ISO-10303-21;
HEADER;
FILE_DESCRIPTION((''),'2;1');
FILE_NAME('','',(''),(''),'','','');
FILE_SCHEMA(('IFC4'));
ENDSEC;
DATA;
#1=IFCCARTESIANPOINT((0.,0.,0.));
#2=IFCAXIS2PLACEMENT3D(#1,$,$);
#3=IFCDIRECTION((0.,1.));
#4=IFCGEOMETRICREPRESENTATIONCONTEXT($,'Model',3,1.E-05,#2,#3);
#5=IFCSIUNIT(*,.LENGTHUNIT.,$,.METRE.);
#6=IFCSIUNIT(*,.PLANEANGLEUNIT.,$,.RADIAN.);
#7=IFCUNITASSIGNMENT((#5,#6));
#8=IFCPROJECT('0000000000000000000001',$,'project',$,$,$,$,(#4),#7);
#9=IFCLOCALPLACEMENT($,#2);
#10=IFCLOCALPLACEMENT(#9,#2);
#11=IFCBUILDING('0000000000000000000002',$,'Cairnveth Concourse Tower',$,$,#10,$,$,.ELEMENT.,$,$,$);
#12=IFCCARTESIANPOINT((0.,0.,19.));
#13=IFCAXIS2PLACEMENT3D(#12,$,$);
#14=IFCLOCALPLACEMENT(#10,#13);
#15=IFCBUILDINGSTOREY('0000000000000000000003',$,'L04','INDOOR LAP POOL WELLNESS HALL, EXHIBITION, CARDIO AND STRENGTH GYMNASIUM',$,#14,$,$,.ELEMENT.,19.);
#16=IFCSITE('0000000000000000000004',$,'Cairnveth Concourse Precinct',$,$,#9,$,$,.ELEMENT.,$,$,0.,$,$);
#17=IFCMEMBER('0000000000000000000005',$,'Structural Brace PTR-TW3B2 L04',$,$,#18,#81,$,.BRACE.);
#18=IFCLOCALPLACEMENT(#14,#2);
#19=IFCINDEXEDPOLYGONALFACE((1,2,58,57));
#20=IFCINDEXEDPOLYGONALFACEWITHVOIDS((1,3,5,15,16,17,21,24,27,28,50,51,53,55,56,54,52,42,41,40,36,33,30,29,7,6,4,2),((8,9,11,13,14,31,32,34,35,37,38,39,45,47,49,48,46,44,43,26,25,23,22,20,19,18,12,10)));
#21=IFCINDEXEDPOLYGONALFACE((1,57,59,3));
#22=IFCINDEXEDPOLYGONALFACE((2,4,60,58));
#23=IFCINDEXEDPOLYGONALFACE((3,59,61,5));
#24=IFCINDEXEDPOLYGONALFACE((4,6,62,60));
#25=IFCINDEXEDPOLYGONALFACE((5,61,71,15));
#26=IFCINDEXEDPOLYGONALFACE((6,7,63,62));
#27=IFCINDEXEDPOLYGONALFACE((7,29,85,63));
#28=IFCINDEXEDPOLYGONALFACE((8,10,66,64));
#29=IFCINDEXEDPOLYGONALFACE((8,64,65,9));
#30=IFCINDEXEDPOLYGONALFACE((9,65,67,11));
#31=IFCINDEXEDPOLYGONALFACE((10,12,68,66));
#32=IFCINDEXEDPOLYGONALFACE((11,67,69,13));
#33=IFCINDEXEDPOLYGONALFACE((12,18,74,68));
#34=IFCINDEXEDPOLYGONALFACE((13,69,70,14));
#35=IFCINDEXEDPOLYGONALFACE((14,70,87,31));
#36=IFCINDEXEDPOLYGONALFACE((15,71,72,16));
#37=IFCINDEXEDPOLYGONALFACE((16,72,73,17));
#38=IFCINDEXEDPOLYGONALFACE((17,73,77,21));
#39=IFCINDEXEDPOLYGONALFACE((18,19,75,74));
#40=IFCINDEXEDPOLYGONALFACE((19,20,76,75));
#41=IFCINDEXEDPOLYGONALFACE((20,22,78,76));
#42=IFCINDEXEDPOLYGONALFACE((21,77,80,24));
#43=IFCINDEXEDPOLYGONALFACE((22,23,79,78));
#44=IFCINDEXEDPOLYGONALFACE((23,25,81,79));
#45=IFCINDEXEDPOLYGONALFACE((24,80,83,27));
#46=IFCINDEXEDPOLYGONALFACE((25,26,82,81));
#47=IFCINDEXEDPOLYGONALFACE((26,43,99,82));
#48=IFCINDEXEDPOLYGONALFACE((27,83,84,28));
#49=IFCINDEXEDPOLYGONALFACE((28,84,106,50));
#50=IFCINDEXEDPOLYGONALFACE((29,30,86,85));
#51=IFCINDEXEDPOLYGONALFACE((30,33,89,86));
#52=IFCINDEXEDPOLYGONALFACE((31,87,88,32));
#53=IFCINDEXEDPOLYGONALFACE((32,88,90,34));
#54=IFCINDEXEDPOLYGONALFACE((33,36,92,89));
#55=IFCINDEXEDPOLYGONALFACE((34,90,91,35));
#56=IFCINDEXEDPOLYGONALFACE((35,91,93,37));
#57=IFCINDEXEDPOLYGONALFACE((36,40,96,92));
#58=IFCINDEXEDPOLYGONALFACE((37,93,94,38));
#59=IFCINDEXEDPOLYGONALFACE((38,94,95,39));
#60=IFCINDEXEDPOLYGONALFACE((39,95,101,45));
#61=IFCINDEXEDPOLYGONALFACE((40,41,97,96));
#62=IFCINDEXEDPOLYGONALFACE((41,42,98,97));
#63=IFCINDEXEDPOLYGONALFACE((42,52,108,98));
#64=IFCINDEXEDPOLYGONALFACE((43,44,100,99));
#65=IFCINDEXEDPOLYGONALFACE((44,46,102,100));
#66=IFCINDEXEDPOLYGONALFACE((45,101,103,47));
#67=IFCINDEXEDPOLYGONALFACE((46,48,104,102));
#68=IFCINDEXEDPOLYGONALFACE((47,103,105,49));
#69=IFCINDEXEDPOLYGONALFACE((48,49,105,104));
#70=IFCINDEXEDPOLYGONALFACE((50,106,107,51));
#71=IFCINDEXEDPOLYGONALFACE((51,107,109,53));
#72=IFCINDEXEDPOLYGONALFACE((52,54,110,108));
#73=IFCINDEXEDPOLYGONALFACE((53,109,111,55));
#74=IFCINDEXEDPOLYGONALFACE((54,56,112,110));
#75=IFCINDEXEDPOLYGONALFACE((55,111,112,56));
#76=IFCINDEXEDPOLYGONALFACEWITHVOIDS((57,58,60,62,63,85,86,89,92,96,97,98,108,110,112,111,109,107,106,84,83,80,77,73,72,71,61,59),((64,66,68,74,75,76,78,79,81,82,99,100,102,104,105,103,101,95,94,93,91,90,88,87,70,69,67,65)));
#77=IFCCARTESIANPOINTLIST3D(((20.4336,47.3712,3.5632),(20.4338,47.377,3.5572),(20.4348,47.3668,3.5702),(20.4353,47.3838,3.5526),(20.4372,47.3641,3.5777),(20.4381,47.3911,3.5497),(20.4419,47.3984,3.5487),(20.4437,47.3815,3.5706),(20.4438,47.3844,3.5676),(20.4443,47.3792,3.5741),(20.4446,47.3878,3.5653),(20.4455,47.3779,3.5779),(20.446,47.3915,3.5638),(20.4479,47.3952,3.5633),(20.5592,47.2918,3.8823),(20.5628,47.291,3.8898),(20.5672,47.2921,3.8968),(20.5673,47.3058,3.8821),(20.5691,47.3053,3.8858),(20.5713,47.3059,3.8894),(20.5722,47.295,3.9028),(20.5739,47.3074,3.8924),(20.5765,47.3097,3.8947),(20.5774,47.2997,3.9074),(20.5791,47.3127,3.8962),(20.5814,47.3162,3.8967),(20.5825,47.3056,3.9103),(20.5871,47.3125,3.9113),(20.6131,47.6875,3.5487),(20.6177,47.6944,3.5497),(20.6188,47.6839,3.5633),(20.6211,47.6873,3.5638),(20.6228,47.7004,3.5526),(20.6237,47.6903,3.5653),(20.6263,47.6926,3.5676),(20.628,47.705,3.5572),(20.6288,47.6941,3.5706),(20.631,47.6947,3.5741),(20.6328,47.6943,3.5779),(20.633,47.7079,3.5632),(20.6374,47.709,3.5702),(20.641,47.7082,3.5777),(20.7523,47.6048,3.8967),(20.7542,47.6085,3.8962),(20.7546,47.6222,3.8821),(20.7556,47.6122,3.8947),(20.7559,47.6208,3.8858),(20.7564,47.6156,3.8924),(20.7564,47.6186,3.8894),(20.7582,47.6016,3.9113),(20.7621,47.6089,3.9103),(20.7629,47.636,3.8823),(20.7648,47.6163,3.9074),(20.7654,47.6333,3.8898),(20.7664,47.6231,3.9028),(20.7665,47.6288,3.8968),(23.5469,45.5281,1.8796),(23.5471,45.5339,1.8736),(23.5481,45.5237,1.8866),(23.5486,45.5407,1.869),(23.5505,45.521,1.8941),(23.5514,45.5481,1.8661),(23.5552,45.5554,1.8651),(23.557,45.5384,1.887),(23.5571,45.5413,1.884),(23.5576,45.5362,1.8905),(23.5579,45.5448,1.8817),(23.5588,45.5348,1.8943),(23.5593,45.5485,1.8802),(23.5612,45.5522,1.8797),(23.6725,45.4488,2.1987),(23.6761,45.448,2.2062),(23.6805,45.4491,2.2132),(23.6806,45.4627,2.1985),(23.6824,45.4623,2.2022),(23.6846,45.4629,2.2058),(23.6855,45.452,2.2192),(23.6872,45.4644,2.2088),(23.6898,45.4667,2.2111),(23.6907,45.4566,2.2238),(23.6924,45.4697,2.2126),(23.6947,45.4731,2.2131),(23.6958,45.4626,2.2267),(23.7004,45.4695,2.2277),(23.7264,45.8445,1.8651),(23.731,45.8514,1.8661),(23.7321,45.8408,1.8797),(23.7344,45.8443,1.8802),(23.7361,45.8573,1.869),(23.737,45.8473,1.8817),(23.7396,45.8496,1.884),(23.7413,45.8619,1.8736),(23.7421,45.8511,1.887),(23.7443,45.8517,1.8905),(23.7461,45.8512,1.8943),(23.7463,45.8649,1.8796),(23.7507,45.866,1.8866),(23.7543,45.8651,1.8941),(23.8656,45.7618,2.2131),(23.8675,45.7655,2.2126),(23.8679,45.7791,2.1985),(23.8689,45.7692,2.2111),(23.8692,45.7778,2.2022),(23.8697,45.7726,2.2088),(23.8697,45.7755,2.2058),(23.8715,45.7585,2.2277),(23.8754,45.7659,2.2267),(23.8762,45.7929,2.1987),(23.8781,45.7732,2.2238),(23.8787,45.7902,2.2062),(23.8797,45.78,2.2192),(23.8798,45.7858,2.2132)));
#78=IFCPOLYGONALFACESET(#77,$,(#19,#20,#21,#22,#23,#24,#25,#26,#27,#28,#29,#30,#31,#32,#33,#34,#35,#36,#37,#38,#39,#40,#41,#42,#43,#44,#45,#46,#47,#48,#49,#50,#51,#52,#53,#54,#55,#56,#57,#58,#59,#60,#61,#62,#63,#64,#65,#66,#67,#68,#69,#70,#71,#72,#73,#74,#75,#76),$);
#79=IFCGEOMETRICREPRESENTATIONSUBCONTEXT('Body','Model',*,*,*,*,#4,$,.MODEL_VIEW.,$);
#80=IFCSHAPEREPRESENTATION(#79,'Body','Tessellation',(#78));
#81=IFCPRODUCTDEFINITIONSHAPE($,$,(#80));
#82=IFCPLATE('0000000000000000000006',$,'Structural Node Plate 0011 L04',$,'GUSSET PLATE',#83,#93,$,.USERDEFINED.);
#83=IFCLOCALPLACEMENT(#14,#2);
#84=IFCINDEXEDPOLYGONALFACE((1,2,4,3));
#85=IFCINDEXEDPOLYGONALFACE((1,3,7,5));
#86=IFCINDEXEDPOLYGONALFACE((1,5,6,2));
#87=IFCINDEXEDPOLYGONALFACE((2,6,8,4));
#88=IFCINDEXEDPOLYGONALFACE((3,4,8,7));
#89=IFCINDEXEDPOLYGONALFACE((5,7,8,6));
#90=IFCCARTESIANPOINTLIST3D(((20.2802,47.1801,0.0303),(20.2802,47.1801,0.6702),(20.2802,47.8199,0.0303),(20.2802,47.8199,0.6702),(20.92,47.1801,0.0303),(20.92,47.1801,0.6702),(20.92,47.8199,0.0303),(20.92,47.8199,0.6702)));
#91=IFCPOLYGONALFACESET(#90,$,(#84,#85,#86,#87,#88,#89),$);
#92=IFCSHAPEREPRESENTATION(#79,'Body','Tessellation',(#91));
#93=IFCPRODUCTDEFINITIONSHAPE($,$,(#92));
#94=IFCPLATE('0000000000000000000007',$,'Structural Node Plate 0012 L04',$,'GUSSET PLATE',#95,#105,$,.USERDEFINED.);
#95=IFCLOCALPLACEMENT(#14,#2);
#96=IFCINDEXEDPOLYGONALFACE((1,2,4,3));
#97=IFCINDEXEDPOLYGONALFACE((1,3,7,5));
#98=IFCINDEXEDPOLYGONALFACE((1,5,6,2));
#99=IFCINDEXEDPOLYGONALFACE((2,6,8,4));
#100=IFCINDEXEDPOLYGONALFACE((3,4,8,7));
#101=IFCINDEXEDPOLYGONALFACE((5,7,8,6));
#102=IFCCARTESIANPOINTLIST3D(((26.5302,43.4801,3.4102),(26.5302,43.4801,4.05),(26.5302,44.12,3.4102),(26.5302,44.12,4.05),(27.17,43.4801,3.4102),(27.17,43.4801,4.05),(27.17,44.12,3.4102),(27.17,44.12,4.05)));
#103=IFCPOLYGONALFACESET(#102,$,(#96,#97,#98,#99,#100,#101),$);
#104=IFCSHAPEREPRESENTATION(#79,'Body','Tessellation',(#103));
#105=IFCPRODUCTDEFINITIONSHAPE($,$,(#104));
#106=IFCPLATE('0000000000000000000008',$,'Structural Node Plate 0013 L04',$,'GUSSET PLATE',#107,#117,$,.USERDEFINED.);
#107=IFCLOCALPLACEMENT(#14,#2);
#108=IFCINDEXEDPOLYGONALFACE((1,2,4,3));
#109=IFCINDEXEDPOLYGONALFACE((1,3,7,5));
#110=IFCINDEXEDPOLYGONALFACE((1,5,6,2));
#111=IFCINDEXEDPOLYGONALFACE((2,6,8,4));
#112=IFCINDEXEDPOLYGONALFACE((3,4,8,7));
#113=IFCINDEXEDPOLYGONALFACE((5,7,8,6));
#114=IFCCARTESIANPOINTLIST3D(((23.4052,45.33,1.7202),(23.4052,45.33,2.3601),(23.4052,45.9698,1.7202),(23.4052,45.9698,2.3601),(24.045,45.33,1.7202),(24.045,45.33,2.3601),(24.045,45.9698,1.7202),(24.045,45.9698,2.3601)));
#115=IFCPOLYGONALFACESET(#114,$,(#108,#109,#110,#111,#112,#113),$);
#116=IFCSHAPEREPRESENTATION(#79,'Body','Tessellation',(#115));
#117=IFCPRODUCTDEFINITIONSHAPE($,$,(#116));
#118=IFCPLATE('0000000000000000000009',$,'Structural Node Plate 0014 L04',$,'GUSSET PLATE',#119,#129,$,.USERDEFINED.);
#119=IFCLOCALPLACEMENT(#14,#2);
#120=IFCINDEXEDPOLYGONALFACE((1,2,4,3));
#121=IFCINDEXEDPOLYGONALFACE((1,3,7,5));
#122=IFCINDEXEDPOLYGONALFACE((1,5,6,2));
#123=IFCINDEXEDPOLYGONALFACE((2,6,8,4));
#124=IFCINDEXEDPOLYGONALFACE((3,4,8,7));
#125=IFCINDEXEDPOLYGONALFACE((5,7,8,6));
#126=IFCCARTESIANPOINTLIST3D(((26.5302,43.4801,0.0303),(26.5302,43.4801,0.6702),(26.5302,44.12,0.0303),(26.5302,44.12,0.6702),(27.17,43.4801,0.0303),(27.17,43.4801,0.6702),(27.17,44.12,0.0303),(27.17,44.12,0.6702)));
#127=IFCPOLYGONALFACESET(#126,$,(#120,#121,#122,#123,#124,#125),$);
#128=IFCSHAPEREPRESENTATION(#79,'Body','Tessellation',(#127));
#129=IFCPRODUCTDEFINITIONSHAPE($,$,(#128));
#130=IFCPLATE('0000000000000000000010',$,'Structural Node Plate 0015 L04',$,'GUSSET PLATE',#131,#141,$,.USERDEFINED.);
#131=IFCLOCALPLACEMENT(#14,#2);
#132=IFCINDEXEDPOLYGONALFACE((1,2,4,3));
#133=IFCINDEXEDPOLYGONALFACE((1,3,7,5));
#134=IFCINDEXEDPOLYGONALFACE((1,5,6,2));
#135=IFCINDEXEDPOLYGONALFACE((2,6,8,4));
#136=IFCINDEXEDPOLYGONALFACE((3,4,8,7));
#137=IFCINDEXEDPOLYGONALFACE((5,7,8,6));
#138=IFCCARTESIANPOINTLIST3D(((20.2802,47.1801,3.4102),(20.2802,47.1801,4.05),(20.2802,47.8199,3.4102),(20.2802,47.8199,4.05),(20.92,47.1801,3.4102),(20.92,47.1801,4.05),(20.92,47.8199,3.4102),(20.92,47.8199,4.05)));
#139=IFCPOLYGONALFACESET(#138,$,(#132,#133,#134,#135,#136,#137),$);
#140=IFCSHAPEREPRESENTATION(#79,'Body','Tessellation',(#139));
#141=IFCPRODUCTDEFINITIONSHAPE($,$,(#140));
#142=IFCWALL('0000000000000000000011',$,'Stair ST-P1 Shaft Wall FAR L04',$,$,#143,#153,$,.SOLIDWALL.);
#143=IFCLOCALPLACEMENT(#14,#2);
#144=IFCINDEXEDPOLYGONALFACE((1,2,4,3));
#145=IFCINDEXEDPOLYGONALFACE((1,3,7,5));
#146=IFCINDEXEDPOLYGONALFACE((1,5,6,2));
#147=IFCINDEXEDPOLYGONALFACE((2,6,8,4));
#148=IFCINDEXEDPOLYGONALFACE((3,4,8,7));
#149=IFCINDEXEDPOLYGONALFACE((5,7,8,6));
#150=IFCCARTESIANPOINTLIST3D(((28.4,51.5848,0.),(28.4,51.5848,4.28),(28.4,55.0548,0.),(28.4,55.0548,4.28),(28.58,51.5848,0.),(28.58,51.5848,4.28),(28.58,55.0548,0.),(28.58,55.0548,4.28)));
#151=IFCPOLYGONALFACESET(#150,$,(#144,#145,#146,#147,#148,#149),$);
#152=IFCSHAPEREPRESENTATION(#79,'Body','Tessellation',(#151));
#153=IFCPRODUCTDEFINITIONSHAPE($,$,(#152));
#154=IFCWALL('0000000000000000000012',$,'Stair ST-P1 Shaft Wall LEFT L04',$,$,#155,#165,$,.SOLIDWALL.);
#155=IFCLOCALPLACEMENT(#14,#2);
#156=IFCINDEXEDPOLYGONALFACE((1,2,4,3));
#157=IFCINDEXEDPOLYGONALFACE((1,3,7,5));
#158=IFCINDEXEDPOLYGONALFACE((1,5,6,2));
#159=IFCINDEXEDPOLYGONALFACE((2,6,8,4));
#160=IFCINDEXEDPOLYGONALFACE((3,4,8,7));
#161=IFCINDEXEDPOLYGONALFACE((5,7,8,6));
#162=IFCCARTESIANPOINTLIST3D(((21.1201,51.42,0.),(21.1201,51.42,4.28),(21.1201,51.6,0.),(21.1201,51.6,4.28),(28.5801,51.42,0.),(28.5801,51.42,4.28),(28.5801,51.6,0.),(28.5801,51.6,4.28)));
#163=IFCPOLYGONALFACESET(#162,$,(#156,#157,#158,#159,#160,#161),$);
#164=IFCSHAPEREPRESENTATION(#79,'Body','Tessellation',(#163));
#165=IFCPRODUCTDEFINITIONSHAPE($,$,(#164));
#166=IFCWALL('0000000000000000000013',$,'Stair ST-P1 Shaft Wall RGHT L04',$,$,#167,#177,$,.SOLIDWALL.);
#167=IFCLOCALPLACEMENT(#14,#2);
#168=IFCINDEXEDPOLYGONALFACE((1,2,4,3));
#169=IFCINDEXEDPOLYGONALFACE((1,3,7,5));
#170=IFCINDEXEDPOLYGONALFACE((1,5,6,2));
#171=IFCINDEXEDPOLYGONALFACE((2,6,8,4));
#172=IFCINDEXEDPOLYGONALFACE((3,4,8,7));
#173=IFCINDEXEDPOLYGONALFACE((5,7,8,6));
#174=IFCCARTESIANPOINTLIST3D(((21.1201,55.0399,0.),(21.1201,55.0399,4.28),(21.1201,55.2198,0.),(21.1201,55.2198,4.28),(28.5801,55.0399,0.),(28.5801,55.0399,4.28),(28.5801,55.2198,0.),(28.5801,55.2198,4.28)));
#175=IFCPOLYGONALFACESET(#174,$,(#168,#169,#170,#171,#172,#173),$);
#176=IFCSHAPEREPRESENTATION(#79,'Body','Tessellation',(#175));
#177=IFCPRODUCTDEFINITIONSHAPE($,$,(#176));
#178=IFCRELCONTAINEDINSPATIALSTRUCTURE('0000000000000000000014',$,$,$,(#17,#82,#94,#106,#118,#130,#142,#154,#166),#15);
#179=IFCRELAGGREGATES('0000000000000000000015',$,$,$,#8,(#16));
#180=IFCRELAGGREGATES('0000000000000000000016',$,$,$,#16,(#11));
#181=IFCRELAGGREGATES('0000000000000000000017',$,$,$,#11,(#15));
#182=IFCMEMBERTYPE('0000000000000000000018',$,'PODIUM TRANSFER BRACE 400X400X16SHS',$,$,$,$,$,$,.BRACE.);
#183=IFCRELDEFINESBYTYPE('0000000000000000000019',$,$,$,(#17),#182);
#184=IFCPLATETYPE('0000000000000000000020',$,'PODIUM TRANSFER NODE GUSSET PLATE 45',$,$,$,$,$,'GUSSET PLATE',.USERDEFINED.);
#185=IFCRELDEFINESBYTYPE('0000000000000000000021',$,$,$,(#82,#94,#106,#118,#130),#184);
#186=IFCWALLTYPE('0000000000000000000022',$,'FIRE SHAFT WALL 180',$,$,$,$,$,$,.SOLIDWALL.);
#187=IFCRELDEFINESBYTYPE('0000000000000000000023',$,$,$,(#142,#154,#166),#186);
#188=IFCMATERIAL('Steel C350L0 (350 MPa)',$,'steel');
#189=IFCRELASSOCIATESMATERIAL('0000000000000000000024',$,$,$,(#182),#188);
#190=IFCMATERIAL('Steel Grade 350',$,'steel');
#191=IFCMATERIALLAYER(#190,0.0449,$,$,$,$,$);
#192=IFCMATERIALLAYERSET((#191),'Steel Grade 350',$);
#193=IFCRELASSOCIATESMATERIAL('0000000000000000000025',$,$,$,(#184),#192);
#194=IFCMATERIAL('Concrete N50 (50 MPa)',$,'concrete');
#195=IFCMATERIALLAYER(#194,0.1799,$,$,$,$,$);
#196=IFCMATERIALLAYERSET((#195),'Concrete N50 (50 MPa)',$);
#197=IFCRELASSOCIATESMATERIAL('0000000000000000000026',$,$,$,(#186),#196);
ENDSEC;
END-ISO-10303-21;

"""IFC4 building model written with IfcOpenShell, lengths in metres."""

from ifc_helpers import new_model, si_unit, direction, frame, frame_2d, origin, origin_2d, place, context, subcontext, project, spatial, rectangle, hollow_rectangle, extrude, material, layer, layer_set, material_profile, profile_set, type_object, element, save


model = new_model("IFC4")

# Units and contexts
model_context = context("Model", 3, precision=1e-05, world=origin(), true_north=direction((0.0, 1.0)))
body_context = subcontext(model_context, "Body", "Model", "MODEL_VIEW")
ifc_project = project(units=[si_unit("LENGTHUNIT", "METRE"), si_unit("PLANEANGLEUNIT", "RADIAN")], contexts=[model_context])

# Site, building, storey
site_placement = place(None, origin())
site = spatial("IfcSite", under=ifc_project, at=site_placement, Name="Cairnveth Concourse Precinct", CompositionType="ELEMENT", RefElevation=0.0)
building_placement = place(site_placement, origin())
building = spatial("IfcBuilding", under=site, at=building_placement, Name="Cairnveth Concourse Tower", CompositionType="ELEMENT")
storey_placement = place(building_placement, frame((0.0, 0.0, 19.0)))
storey = spatial("IfcBuildingStorey", under=building, at=storey_placement, Name="L04", Description="INDOOR LAP POOL WELLNESS HALL, EXHIBITION, CARDIO AND STRENGTH GYMNASIUM", CompositionType="ELEMENT", Elevation=19.0)

# Shared definitions
ifc_material_1 = material(Name="Steel Grade 350", Category="steel")

# Member
ifc_material_2 = material(Name="Steel C350L0 (350 MPa)", Category="steel")
ifc_material_profile_1 = material_profile(ifc_material_2, hollow_rectangle(XDim=0.3999, YDim=0.3999, WallThickness=0.0161, InnerFilletRadius=0.0161, OuterFilletRadius=0.032, at=origin_2d()), Name="400x400x16.0SHS")
ifc_profile_set_1 = profile_set([ifc_material_profile_1], Name="Steel C350L0 (350 MPa)")
member_type = type_object("IfcMemberType", Name="PODIUM TRANSFER BRACE 400X400X16SHS", PredefinedType="BRACE", material=ifc_profile_set_1)
for number, where, z_axis, x_axis, name in (
    (1, (23.7134, 45.657, 2.0464), (-0.780182, 0.461857, 0.421905), (-0.509416, -0.860521, 0.0), "Structural Brace PTR-TW3B2 L04"),
):
    element("IfcMember", number, at=place(storey_placement, frame(where, z_axis=z_axis, x_axis=x_axis)), inside=storey, type_object=member_type, Name=name, PredefinedType="BRACE", context=body_context, shape_type="SweptSolid", body=[
        extrude(hollow_rectangle(XDim=0.3999, YDim=0.3999, WallThickness=0.0161, InnerFilletRadius=0.0161, OuterFilletRadius=0.032, at=origin_2d()), origin(), (0.0, 0.0, 1.0), 3.9905),
    ])

# Plates
ifc_layer_1 = layer(ifc_material_1, 0.0449)
ifc_layer_set_1 = layer_set([ifc_layer_1], Name="Steel Grade 350")
plate_type = type_object("IfcPlateType", Name="PODIUM TRANSFER NODE GUSSET PLATE 45", ElementType="GUSSET PLATE", PredefinedType="USERDEFINED", material=ifc_layer_set_1)
for number, where, z_axis, x_axis, name in (
    (2, (20.6001, 47.5, 0.0303), (0.0, 0.0, 1.0), (1.0, 0.0, 0.0), "Structural Node Plate 0011 L04"),
    (3, (26.8501, 43.8, 3.4102), (0.0, 0.0, 1.0), (1.0, 0.0, 0.0), "Structural Node Plate 0012 L04"),
    (4, (23.7251, 45.6499, 1.7202), (0.0, 0.0, 1.0), (1.0, 0.0, 0.0), "Structural Node Plate 0013 L04"),
    (5, (26.8501, 43.8, 0.0303), (0.0, 0.0, 1.0), (1.0, 0.0, 0.0), "Structural Node Plate 0014 L04"),
    (6, (20.6001, 47.5, 3.4102), (0.0, 0.0, 1.0), (1.0, 0.0, 0.0), "Structural Node Plate 0015 L04"),
):
    element("IfcPlate", number, at=place(storey_placement, frame(where, z_axis=z_axis, x_axis=x_axis)), inside=storey, type_object=plate_type, Name=name, ObjectType="GUSSET PLATE", PredefinedType="USERDEFINED", context=body_context, shape_type="SweptSolid", body=[
        extrude(rectangle(XDim=0.6399, YDim=0.6399, at=origin_2d()), origin(), (0.0, 0.0, 1.0), 0.6399),
    ])

# Shared definitions
ifc_material_3 = material(Name="Concrete N50 (50 MPa)", Category="concrete")
ifc_layer_2 = layer(ifc_material_3, 0.1799)
ifc_layer_set_2 = layer_set([ifc_layer_2], Name="Concrete N50 (50 MPa)")
wall_type_1 = type_object("IfcWallType", Name="FIRE SHAFT WALL 180", PredefinedType="SOLIDWALL", material=ifc_layer_set_2)

# Walls
wall_1_placement = place(storey_placement, frame((28.49, 51.585, 0.0), z_axis=(0.0, 0.0, 1.0), x_axis=(0.0, 1.0, 0.0)))
element("IfcWall", 7, at=wall_1_placement, inside=storey, type_object=wall_type_1, Name="Stair ST-P1 Shaft Wall FAR L04", PredefinedType="SOLIDWALL", context=body_context, shape_type="SweptSolid", body=[
    extrude(rectangle(XDim=3.47, YDim=0.1799, at=frame_2d((1.7349, 0.0))), origin(), (0.0, 0.0, 1.0), 4.28),
])
for number, where, z_axis, x_axis, name in (
    (8, (21.1201, 51.51, 0.0), (0.0, 0.0, 1.0), (1.0, 0.0, 0.0), "Stair ST-P1 Shaft Wall LEFT L04"),
    (9, (21.1201, 55.1299, 0.0), (0.0, 0.0, 1.0), (1.0, 0.0, 0.0), "Stair ST-P1 Shaft Wall RGHT L04"),
):
    element("IfcWall", number, at=place(storey_placement, frame(where, z_axis=z_axis, x_axis=x_axis)), inside=storey, type_object=wall_type_1, Name=name, PredefinedType="SOLIDWALL", context=body_context, shape_type="SweptSolid", body=[
        extrude(rectangle(XDim=7.46, YDim=0.1799, at=frame_2d((3.73, 0.0))), origin(), (0.0, 0.0, 1.0), 4.28),
    ])

save(model, "model.ifc")
